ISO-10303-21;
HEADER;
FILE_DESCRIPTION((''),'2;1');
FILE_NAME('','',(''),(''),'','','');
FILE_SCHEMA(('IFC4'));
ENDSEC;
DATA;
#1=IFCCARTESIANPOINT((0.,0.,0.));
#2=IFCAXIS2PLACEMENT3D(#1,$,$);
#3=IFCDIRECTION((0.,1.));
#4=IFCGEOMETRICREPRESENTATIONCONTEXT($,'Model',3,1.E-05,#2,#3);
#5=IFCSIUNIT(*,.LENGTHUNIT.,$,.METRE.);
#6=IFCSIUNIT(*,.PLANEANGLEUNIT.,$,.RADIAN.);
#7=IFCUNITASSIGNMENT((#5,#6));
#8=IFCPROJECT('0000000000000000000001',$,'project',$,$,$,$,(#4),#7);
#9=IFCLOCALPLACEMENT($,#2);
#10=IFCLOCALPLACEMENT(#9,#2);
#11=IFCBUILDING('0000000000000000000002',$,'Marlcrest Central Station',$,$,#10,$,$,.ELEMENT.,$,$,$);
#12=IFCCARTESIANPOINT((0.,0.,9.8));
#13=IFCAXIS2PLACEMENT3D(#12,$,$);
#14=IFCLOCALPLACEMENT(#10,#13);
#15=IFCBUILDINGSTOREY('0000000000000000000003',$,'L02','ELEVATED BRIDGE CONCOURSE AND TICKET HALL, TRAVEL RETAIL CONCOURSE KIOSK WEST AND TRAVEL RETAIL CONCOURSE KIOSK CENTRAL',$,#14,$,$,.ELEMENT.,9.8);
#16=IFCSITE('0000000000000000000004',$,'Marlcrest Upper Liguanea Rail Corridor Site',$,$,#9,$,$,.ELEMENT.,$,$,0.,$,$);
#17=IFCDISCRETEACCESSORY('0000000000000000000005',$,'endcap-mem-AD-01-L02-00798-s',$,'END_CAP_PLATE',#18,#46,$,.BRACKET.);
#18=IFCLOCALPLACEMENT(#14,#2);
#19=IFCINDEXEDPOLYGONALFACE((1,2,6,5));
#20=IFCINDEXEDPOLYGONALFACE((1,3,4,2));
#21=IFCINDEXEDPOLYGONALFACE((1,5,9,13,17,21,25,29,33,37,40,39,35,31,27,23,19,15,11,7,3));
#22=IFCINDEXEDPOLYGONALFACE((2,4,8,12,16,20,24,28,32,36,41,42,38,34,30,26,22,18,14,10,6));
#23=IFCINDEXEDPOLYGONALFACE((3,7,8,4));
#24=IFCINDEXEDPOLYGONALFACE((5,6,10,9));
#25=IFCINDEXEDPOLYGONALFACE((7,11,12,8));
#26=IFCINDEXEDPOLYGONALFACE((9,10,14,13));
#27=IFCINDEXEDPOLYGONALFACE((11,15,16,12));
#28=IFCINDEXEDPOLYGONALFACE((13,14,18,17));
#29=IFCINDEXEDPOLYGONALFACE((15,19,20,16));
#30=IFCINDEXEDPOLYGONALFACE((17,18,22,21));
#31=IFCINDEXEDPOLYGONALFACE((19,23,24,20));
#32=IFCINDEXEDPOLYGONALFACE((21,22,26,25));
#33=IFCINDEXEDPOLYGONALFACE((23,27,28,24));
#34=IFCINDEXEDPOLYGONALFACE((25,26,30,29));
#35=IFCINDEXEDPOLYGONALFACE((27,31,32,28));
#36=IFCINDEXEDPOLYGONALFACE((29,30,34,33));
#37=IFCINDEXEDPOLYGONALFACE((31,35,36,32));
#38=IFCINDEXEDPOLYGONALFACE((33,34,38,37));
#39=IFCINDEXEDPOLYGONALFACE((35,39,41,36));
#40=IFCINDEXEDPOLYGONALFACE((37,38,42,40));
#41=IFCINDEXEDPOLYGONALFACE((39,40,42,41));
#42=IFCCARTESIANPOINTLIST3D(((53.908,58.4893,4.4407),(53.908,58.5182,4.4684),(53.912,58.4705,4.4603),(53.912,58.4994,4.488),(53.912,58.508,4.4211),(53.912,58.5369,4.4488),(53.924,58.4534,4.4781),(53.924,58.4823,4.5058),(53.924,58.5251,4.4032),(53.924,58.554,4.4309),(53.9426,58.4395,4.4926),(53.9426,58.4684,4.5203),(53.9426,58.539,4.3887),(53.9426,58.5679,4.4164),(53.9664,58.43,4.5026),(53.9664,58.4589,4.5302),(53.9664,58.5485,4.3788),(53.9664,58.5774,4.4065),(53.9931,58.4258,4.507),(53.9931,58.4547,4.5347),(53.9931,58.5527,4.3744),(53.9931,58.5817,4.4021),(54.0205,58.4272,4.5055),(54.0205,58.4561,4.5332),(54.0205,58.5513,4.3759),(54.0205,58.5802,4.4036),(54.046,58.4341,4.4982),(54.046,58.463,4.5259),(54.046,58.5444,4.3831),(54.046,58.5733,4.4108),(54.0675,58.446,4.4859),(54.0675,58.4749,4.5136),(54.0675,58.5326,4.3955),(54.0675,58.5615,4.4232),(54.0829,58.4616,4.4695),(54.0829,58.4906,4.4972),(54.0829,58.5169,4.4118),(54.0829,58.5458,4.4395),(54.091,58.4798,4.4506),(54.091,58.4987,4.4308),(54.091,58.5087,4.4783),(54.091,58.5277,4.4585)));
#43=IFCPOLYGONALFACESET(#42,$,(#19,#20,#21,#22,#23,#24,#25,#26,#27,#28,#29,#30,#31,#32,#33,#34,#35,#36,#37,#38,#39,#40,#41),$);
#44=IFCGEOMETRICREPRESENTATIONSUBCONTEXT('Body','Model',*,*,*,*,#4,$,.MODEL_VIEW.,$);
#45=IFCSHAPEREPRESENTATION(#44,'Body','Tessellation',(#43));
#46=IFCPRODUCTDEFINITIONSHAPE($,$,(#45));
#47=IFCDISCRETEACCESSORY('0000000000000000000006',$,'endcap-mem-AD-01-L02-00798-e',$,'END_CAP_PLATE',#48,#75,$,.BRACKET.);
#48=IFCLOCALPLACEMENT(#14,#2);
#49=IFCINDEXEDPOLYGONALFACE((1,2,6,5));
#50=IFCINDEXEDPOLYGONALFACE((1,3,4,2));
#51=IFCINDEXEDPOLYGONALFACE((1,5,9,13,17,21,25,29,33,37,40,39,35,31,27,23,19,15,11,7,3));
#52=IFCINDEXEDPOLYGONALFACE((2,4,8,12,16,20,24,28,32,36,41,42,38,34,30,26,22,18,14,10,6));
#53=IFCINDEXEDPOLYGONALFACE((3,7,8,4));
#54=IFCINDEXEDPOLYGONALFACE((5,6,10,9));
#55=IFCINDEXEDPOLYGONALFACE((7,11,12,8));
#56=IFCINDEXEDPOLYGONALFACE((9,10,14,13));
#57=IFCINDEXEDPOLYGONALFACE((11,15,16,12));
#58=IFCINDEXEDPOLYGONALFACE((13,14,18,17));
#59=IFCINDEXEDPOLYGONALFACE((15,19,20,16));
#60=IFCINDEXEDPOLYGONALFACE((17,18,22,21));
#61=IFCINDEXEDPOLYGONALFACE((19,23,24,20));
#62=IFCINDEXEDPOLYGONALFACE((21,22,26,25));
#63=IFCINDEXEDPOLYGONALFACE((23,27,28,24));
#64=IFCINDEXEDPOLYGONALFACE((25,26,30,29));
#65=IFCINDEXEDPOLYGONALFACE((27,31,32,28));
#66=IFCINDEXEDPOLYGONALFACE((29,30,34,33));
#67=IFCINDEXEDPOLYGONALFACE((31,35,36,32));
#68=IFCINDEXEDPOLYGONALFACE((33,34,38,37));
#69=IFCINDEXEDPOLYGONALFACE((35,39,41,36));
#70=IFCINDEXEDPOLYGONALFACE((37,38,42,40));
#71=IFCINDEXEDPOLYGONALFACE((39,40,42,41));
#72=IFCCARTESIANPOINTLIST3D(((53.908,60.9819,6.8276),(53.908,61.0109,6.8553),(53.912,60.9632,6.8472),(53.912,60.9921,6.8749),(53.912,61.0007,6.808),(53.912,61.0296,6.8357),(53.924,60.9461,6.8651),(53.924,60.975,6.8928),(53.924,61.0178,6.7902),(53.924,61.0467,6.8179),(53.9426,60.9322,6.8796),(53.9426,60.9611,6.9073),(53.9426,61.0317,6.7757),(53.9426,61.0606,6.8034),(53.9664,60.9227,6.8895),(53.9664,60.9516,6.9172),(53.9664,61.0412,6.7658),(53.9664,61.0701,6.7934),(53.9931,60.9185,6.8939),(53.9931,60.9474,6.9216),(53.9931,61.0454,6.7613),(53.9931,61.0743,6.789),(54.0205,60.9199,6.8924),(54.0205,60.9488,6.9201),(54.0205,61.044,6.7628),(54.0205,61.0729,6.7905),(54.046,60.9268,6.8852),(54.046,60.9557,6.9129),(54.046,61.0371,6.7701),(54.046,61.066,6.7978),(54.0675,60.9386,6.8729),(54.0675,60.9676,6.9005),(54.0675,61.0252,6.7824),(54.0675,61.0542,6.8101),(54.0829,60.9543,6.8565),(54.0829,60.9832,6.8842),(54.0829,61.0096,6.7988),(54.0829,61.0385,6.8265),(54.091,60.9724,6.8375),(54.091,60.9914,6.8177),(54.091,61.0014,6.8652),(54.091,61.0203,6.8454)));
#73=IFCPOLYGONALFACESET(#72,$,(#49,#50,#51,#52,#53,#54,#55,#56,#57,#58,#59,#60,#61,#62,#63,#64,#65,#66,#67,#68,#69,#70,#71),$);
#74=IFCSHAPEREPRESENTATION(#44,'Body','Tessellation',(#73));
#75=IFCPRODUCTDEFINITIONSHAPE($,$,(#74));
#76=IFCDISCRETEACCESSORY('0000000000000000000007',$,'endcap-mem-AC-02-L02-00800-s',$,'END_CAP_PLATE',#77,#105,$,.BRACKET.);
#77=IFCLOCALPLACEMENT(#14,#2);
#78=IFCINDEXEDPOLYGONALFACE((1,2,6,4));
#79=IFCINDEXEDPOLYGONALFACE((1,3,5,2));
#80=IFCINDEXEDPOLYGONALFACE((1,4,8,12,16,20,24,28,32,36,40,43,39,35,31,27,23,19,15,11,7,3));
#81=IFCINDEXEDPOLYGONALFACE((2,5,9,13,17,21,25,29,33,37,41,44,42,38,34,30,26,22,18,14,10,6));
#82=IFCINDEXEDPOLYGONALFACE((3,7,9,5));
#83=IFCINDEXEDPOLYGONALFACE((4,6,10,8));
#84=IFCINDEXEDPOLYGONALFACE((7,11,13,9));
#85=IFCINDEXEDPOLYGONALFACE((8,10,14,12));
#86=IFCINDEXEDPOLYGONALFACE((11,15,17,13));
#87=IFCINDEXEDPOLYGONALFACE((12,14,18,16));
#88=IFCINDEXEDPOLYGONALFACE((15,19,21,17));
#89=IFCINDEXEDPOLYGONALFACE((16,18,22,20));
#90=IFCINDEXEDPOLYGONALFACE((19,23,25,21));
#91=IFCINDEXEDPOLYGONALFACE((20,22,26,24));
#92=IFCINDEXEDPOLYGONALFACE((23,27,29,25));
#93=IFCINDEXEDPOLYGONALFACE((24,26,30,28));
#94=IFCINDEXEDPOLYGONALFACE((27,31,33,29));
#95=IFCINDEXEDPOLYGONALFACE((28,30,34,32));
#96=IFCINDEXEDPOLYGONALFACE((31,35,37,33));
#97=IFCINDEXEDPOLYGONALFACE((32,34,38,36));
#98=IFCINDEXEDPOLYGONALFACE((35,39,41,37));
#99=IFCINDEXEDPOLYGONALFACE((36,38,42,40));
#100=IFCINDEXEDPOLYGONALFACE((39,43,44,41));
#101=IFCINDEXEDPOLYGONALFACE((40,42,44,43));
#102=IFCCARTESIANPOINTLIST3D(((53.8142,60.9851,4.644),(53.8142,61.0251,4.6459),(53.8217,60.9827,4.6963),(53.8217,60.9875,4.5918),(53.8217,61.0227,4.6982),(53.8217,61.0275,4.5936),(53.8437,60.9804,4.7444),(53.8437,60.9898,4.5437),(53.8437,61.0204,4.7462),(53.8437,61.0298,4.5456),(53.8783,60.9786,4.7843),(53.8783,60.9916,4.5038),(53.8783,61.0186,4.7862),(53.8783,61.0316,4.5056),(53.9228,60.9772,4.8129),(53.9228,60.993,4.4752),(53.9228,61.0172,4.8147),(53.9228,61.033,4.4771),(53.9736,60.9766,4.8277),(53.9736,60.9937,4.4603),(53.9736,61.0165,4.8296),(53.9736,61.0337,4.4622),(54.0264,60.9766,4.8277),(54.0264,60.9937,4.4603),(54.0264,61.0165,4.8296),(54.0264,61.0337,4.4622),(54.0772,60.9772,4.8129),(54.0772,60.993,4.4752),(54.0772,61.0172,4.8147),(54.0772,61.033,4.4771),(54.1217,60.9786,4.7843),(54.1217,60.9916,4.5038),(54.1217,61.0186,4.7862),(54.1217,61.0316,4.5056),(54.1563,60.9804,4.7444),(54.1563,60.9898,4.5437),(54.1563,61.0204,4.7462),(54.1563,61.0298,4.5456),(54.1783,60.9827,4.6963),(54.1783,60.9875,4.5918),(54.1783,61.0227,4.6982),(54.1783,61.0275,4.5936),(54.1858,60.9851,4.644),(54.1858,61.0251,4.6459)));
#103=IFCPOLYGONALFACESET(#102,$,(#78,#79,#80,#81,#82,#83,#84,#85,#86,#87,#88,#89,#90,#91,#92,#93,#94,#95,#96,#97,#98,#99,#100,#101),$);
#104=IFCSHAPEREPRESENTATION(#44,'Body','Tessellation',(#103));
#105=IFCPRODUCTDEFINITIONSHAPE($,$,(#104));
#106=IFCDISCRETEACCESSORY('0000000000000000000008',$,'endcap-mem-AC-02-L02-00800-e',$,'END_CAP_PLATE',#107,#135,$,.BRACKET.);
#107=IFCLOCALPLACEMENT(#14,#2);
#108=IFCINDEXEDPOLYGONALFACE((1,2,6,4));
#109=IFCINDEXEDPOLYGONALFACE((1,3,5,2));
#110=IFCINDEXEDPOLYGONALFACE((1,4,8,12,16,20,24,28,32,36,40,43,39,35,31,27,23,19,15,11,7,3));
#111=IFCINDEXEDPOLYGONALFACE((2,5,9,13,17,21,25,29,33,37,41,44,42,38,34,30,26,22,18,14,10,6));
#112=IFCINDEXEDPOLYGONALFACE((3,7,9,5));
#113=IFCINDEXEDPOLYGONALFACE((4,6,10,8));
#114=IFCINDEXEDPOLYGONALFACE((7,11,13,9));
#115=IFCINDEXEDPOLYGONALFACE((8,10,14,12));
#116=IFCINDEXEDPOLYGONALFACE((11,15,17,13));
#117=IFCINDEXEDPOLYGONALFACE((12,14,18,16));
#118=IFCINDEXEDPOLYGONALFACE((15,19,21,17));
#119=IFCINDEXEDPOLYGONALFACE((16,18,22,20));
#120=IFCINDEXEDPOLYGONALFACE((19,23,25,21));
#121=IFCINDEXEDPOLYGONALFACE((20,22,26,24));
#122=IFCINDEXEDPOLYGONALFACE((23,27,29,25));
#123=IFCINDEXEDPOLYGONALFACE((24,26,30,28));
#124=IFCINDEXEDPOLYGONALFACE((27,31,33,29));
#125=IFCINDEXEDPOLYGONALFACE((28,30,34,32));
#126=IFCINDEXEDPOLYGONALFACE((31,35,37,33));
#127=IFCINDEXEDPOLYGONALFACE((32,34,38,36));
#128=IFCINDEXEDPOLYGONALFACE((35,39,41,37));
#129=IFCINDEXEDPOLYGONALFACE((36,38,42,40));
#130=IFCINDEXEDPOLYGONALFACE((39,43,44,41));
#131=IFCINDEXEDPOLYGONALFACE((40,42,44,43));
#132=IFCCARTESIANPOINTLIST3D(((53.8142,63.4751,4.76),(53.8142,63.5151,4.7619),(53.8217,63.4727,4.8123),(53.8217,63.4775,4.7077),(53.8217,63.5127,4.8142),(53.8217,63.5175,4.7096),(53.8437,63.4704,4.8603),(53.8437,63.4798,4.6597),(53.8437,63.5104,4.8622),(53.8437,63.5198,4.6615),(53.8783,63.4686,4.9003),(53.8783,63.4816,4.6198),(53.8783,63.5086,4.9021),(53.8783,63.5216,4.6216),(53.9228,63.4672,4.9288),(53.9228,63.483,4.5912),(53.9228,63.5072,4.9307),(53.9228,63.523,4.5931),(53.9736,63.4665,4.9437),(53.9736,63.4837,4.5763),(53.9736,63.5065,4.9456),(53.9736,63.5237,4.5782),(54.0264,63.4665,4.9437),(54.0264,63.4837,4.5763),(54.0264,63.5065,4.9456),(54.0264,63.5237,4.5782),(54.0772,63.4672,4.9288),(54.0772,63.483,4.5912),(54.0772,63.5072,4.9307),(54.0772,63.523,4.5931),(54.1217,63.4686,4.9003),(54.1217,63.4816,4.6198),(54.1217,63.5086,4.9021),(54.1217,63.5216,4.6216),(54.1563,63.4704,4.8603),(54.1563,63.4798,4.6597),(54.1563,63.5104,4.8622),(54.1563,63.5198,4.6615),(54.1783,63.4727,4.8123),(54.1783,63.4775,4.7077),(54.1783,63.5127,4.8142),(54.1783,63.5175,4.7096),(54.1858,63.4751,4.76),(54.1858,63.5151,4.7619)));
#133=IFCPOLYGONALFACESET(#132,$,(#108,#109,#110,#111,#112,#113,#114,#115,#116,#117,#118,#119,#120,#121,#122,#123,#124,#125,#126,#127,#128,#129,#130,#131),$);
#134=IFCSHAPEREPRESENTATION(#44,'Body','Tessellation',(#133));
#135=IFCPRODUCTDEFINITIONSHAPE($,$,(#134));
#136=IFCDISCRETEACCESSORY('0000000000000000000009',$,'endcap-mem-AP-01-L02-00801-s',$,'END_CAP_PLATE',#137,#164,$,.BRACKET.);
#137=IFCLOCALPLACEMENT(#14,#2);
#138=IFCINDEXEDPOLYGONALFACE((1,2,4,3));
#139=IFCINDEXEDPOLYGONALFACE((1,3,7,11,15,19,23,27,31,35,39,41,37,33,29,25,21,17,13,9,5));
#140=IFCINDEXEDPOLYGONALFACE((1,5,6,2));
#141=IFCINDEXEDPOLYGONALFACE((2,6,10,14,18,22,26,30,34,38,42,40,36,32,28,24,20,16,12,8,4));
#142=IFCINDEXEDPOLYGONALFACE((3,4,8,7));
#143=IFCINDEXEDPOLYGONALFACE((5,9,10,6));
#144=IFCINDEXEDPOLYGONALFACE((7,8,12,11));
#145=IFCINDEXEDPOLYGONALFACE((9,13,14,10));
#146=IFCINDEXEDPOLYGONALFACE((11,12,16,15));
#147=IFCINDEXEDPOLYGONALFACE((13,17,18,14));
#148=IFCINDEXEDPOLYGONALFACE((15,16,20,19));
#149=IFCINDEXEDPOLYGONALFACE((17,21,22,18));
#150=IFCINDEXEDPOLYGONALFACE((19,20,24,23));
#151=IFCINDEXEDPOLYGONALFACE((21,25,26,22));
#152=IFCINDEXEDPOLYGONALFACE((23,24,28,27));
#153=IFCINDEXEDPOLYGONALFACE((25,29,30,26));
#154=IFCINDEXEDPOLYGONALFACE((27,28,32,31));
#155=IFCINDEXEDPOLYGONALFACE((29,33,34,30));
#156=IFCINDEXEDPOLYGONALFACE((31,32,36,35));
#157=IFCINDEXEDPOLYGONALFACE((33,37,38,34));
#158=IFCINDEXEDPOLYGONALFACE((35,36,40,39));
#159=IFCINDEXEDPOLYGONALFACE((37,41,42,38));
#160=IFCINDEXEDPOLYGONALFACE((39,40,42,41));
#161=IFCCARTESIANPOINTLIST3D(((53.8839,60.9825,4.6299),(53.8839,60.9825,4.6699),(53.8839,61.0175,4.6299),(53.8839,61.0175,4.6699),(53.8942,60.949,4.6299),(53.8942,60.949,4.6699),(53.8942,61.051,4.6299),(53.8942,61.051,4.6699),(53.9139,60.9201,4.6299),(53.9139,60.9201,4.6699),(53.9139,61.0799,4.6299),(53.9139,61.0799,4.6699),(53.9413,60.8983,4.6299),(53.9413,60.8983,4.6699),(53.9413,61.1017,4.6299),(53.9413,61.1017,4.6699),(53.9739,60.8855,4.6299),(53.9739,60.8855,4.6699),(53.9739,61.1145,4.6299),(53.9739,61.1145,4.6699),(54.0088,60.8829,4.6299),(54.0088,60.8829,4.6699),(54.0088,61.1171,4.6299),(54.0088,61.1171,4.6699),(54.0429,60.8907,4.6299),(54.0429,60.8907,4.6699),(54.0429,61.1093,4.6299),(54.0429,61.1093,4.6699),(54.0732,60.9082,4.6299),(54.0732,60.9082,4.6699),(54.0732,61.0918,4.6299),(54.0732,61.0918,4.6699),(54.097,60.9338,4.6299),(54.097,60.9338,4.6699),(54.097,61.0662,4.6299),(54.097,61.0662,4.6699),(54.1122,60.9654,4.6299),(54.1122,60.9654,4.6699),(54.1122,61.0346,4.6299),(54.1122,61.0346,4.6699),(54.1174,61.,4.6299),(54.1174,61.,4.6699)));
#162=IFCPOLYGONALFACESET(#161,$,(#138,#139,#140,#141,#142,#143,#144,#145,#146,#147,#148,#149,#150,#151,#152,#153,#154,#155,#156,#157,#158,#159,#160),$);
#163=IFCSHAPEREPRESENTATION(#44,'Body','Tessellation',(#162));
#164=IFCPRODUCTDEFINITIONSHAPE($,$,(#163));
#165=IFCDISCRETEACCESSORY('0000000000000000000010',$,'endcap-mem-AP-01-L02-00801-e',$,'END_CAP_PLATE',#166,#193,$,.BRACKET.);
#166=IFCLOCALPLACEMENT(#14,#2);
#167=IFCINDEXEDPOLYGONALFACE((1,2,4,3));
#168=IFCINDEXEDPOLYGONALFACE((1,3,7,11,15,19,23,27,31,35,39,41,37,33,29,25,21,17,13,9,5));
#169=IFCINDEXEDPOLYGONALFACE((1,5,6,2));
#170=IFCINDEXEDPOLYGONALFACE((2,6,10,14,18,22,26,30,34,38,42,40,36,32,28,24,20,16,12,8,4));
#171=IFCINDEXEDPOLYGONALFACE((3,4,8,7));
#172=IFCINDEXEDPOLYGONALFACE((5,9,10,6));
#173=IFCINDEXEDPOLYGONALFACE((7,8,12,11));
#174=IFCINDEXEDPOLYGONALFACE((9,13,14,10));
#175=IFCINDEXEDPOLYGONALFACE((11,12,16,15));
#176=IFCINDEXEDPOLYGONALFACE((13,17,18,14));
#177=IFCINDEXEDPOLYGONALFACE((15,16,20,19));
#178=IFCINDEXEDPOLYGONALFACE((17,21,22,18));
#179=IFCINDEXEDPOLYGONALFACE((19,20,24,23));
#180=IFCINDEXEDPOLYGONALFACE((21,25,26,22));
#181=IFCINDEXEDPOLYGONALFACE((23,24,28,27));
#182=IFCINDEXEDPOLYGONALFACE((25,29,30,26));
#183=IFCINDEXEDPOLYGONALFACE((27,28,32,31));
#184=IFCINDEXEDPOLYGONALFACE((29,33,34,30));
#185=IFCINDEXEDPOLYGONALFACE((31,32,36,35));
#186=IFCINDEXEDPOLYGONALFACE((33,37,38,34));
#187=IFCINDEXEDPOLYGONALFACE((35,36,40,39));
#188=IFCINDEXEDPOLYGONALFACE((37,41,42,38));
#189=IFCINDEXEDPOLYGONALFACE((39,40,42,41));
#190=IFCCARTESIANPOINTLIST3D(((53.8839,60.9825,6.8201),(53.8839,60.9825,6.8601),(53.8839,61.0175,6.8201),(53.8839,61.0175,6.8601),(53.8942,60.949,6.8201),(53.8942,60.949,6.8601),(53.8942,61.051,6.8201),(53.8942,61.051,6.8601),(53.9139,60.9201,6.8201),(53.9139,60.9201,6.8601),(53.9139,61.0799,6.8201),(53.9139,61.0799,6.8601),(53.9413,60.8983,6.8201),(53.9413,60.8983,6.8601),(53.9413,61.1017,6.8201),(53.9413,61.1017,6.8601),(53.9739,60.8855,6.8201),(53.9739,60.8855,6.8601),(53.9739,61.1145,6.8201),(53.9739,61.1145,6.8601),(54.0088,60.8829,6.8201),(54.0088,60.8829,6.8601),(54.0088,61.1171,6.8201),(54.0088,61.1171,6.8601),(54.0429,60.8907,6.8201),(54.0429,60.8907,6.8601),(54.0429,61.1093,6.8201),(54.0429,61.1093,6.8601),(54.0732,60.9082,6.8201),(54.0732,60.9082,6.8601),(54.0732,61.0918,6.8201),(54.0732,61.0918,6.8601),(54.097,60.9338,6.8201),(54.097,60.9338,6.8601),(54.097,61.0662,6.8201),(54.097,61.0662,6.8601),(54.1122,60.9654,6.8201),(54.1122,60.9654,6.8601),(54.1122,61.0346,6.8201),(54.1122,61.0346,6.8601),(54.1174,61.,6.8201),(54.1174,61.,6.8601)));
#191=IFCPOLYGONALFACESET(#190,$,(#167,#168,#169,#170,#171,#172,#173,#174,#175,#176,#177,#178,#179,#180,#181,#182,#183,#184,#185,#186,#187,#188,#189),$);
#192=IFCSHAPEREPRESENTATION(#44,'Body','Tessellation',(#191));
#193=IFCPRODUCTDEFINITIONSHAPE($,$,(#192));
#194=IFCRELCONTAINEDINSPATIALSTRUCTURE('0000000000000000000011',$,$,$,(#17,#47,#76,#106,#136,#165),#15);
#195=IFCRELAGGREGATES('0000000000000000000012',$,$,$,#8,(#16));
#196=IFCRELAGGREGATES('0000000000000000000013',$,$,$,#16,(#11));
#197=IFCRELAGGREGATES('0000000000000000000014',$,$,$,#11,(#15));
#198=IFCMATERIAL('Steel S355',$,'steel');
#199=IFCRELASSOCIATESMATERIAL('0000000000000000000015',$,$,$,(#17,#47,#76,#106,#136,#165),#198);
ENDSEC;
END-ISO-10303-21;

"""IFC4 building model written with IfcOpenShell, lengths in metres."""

from ifc_helpers import new_model, si_unit, direction, frame, origin, origin_2d, place, context, subcontext, project, spatial, circle, extrude, material, element, save


model = new_model("IFC4")

# Units and contexts
model_context = context("Model", 3, precision=1e-05, world=origin(), true_north=direction((0.0, 1.0)))
body_context = subcontext(model_context, "Body", "Model", "MODEL_VIEW")
ifc_project = project(units=[si_unit("LENGTHUNIT", "METRE"), si_unit("PLANEANGLEUNIT", "RADIAN")], contexts=[model_context])

# Site, building, storey
site_placement = place(None, origin())
site = spatial("IfcSite", under=ifc_project, at=site_placement, Name="Marlcrest Upper Liguanea Rail Corridor Site", CompositionType="ELEMENT", RefElevation=0.0)
building_placement = place(site_placement, origin())
building = spatial("IfcBuilding", under=site, at=building_placement, Name="Marlcrest Central Station", CompositionType="ELEMENT")
storey_placement = place(building_placement, frame((0.0, 0.0, 9.8)))
storey = spatial("IfcBuildingStorey", under=building, at=storey_placement, Name="L02", Description="ELEVATED BRIDGE CONCOURSE AND TICKET HALL, TRAVEL RETAIL CONCOURSE KIOSK WEST AND TRAVEL RETAIL CONCOURSE KIOSK CENTRAL", CompositionType="ELEMENT", Elevation=9.8)

# Shared definitions
ifc_material = material(Name="Steel S355", Category="steel")

# Discrete accessories
for number, where, z_axis, x_axis, name in (
    (1, (54.0, 58.4893, 4.4407), (0.0, 0.722247, 0.691636), (-1.0, 0.0, 0.0), "endcap-mem-AD-01-L02-00798-s"),
    (2, (54.0, 60.9819, 6.8276), (0.0, 0.722247, 0.691636), (-1.0, 0.0, 0.0), "endcap-mem-AD-01-L02-00798-e"),
):
    element("IfcDiscreteAccessory", number, at=place(storey_placement, frame(where, z_axis=z_axis, x_axis=x_axis)), inside=storey, material=ifc_material, Name=name, ObjectType="END_CAP_PLATE", PredefinedType="BRACKET", context=body_context, shape_type="SweptSolid", body=[
        extrude(circle(Radius=0.092, at=origin_2d()), origin(), (0.0, 0.0, 1.0), 0.04),
    ])
for number, where, z_axis, x_axis, name in (
    (3, (54.0, 60.9851, 4.644), (0.0, 0.998917, 0.046532), (-1.0, 0.0, 0.0), "endcap-mem-AC-02-L02-00800-s"),
    (4, (54.0, 63.4751, 4.76), (0.0, 0.998917, 0.046532), (-1.0, 0.0, 0.0), "endcap-mem-AC-02-L02-00800-e"),
):
    element("IfcDiscreteAccessory", number, at=place(storey_placement, frame(where, z_axis=z_axis, x_axis=x_axis)), inside=storey, material=ifc_material, Name=name, ObjectType="END_CAP_PLATE", PredefinedType="BRACKET", context=body_context, shape_type="SweptSolid", body=[
        extrude(circle(Radius=0.1858, at=origin_2d()), origin(), (0.0, 0.0, 1.0), 0.04),
    ])
for number, where, z_axis, x_axis, name in (
    (5, (54.0, 61.0, 4.6299), (0.0, 0.0, 1.0), (1.0, 0.0, 0.0), "endcap-mem-AP-01-L02-00801-s"),
    (6, (54.0, 61.0, 6.8201), (0.0, 0.0, 1.0), (1.0, 0.0, 0.0), "endcap-mem-AP-01-L02-00801-e"),
):
    element("IfcDiscreteAccessory", number, at=place(storey_placement, frame(where, z_axis=z_axis, x_axis=x_axis)), inside=storey, material=ifc_material, Name=name, ObjectType="END_CAP_PLATE", PredefinedType="BRACKET", context=body_context, shape_type="SweptSolid", body=[
        extrude(circle(Radius=0.1174, at=origin_2d()), origin(), (0.0, 0.0, 1.0), 0.04),
    ])

save(model, "model.ifc")
